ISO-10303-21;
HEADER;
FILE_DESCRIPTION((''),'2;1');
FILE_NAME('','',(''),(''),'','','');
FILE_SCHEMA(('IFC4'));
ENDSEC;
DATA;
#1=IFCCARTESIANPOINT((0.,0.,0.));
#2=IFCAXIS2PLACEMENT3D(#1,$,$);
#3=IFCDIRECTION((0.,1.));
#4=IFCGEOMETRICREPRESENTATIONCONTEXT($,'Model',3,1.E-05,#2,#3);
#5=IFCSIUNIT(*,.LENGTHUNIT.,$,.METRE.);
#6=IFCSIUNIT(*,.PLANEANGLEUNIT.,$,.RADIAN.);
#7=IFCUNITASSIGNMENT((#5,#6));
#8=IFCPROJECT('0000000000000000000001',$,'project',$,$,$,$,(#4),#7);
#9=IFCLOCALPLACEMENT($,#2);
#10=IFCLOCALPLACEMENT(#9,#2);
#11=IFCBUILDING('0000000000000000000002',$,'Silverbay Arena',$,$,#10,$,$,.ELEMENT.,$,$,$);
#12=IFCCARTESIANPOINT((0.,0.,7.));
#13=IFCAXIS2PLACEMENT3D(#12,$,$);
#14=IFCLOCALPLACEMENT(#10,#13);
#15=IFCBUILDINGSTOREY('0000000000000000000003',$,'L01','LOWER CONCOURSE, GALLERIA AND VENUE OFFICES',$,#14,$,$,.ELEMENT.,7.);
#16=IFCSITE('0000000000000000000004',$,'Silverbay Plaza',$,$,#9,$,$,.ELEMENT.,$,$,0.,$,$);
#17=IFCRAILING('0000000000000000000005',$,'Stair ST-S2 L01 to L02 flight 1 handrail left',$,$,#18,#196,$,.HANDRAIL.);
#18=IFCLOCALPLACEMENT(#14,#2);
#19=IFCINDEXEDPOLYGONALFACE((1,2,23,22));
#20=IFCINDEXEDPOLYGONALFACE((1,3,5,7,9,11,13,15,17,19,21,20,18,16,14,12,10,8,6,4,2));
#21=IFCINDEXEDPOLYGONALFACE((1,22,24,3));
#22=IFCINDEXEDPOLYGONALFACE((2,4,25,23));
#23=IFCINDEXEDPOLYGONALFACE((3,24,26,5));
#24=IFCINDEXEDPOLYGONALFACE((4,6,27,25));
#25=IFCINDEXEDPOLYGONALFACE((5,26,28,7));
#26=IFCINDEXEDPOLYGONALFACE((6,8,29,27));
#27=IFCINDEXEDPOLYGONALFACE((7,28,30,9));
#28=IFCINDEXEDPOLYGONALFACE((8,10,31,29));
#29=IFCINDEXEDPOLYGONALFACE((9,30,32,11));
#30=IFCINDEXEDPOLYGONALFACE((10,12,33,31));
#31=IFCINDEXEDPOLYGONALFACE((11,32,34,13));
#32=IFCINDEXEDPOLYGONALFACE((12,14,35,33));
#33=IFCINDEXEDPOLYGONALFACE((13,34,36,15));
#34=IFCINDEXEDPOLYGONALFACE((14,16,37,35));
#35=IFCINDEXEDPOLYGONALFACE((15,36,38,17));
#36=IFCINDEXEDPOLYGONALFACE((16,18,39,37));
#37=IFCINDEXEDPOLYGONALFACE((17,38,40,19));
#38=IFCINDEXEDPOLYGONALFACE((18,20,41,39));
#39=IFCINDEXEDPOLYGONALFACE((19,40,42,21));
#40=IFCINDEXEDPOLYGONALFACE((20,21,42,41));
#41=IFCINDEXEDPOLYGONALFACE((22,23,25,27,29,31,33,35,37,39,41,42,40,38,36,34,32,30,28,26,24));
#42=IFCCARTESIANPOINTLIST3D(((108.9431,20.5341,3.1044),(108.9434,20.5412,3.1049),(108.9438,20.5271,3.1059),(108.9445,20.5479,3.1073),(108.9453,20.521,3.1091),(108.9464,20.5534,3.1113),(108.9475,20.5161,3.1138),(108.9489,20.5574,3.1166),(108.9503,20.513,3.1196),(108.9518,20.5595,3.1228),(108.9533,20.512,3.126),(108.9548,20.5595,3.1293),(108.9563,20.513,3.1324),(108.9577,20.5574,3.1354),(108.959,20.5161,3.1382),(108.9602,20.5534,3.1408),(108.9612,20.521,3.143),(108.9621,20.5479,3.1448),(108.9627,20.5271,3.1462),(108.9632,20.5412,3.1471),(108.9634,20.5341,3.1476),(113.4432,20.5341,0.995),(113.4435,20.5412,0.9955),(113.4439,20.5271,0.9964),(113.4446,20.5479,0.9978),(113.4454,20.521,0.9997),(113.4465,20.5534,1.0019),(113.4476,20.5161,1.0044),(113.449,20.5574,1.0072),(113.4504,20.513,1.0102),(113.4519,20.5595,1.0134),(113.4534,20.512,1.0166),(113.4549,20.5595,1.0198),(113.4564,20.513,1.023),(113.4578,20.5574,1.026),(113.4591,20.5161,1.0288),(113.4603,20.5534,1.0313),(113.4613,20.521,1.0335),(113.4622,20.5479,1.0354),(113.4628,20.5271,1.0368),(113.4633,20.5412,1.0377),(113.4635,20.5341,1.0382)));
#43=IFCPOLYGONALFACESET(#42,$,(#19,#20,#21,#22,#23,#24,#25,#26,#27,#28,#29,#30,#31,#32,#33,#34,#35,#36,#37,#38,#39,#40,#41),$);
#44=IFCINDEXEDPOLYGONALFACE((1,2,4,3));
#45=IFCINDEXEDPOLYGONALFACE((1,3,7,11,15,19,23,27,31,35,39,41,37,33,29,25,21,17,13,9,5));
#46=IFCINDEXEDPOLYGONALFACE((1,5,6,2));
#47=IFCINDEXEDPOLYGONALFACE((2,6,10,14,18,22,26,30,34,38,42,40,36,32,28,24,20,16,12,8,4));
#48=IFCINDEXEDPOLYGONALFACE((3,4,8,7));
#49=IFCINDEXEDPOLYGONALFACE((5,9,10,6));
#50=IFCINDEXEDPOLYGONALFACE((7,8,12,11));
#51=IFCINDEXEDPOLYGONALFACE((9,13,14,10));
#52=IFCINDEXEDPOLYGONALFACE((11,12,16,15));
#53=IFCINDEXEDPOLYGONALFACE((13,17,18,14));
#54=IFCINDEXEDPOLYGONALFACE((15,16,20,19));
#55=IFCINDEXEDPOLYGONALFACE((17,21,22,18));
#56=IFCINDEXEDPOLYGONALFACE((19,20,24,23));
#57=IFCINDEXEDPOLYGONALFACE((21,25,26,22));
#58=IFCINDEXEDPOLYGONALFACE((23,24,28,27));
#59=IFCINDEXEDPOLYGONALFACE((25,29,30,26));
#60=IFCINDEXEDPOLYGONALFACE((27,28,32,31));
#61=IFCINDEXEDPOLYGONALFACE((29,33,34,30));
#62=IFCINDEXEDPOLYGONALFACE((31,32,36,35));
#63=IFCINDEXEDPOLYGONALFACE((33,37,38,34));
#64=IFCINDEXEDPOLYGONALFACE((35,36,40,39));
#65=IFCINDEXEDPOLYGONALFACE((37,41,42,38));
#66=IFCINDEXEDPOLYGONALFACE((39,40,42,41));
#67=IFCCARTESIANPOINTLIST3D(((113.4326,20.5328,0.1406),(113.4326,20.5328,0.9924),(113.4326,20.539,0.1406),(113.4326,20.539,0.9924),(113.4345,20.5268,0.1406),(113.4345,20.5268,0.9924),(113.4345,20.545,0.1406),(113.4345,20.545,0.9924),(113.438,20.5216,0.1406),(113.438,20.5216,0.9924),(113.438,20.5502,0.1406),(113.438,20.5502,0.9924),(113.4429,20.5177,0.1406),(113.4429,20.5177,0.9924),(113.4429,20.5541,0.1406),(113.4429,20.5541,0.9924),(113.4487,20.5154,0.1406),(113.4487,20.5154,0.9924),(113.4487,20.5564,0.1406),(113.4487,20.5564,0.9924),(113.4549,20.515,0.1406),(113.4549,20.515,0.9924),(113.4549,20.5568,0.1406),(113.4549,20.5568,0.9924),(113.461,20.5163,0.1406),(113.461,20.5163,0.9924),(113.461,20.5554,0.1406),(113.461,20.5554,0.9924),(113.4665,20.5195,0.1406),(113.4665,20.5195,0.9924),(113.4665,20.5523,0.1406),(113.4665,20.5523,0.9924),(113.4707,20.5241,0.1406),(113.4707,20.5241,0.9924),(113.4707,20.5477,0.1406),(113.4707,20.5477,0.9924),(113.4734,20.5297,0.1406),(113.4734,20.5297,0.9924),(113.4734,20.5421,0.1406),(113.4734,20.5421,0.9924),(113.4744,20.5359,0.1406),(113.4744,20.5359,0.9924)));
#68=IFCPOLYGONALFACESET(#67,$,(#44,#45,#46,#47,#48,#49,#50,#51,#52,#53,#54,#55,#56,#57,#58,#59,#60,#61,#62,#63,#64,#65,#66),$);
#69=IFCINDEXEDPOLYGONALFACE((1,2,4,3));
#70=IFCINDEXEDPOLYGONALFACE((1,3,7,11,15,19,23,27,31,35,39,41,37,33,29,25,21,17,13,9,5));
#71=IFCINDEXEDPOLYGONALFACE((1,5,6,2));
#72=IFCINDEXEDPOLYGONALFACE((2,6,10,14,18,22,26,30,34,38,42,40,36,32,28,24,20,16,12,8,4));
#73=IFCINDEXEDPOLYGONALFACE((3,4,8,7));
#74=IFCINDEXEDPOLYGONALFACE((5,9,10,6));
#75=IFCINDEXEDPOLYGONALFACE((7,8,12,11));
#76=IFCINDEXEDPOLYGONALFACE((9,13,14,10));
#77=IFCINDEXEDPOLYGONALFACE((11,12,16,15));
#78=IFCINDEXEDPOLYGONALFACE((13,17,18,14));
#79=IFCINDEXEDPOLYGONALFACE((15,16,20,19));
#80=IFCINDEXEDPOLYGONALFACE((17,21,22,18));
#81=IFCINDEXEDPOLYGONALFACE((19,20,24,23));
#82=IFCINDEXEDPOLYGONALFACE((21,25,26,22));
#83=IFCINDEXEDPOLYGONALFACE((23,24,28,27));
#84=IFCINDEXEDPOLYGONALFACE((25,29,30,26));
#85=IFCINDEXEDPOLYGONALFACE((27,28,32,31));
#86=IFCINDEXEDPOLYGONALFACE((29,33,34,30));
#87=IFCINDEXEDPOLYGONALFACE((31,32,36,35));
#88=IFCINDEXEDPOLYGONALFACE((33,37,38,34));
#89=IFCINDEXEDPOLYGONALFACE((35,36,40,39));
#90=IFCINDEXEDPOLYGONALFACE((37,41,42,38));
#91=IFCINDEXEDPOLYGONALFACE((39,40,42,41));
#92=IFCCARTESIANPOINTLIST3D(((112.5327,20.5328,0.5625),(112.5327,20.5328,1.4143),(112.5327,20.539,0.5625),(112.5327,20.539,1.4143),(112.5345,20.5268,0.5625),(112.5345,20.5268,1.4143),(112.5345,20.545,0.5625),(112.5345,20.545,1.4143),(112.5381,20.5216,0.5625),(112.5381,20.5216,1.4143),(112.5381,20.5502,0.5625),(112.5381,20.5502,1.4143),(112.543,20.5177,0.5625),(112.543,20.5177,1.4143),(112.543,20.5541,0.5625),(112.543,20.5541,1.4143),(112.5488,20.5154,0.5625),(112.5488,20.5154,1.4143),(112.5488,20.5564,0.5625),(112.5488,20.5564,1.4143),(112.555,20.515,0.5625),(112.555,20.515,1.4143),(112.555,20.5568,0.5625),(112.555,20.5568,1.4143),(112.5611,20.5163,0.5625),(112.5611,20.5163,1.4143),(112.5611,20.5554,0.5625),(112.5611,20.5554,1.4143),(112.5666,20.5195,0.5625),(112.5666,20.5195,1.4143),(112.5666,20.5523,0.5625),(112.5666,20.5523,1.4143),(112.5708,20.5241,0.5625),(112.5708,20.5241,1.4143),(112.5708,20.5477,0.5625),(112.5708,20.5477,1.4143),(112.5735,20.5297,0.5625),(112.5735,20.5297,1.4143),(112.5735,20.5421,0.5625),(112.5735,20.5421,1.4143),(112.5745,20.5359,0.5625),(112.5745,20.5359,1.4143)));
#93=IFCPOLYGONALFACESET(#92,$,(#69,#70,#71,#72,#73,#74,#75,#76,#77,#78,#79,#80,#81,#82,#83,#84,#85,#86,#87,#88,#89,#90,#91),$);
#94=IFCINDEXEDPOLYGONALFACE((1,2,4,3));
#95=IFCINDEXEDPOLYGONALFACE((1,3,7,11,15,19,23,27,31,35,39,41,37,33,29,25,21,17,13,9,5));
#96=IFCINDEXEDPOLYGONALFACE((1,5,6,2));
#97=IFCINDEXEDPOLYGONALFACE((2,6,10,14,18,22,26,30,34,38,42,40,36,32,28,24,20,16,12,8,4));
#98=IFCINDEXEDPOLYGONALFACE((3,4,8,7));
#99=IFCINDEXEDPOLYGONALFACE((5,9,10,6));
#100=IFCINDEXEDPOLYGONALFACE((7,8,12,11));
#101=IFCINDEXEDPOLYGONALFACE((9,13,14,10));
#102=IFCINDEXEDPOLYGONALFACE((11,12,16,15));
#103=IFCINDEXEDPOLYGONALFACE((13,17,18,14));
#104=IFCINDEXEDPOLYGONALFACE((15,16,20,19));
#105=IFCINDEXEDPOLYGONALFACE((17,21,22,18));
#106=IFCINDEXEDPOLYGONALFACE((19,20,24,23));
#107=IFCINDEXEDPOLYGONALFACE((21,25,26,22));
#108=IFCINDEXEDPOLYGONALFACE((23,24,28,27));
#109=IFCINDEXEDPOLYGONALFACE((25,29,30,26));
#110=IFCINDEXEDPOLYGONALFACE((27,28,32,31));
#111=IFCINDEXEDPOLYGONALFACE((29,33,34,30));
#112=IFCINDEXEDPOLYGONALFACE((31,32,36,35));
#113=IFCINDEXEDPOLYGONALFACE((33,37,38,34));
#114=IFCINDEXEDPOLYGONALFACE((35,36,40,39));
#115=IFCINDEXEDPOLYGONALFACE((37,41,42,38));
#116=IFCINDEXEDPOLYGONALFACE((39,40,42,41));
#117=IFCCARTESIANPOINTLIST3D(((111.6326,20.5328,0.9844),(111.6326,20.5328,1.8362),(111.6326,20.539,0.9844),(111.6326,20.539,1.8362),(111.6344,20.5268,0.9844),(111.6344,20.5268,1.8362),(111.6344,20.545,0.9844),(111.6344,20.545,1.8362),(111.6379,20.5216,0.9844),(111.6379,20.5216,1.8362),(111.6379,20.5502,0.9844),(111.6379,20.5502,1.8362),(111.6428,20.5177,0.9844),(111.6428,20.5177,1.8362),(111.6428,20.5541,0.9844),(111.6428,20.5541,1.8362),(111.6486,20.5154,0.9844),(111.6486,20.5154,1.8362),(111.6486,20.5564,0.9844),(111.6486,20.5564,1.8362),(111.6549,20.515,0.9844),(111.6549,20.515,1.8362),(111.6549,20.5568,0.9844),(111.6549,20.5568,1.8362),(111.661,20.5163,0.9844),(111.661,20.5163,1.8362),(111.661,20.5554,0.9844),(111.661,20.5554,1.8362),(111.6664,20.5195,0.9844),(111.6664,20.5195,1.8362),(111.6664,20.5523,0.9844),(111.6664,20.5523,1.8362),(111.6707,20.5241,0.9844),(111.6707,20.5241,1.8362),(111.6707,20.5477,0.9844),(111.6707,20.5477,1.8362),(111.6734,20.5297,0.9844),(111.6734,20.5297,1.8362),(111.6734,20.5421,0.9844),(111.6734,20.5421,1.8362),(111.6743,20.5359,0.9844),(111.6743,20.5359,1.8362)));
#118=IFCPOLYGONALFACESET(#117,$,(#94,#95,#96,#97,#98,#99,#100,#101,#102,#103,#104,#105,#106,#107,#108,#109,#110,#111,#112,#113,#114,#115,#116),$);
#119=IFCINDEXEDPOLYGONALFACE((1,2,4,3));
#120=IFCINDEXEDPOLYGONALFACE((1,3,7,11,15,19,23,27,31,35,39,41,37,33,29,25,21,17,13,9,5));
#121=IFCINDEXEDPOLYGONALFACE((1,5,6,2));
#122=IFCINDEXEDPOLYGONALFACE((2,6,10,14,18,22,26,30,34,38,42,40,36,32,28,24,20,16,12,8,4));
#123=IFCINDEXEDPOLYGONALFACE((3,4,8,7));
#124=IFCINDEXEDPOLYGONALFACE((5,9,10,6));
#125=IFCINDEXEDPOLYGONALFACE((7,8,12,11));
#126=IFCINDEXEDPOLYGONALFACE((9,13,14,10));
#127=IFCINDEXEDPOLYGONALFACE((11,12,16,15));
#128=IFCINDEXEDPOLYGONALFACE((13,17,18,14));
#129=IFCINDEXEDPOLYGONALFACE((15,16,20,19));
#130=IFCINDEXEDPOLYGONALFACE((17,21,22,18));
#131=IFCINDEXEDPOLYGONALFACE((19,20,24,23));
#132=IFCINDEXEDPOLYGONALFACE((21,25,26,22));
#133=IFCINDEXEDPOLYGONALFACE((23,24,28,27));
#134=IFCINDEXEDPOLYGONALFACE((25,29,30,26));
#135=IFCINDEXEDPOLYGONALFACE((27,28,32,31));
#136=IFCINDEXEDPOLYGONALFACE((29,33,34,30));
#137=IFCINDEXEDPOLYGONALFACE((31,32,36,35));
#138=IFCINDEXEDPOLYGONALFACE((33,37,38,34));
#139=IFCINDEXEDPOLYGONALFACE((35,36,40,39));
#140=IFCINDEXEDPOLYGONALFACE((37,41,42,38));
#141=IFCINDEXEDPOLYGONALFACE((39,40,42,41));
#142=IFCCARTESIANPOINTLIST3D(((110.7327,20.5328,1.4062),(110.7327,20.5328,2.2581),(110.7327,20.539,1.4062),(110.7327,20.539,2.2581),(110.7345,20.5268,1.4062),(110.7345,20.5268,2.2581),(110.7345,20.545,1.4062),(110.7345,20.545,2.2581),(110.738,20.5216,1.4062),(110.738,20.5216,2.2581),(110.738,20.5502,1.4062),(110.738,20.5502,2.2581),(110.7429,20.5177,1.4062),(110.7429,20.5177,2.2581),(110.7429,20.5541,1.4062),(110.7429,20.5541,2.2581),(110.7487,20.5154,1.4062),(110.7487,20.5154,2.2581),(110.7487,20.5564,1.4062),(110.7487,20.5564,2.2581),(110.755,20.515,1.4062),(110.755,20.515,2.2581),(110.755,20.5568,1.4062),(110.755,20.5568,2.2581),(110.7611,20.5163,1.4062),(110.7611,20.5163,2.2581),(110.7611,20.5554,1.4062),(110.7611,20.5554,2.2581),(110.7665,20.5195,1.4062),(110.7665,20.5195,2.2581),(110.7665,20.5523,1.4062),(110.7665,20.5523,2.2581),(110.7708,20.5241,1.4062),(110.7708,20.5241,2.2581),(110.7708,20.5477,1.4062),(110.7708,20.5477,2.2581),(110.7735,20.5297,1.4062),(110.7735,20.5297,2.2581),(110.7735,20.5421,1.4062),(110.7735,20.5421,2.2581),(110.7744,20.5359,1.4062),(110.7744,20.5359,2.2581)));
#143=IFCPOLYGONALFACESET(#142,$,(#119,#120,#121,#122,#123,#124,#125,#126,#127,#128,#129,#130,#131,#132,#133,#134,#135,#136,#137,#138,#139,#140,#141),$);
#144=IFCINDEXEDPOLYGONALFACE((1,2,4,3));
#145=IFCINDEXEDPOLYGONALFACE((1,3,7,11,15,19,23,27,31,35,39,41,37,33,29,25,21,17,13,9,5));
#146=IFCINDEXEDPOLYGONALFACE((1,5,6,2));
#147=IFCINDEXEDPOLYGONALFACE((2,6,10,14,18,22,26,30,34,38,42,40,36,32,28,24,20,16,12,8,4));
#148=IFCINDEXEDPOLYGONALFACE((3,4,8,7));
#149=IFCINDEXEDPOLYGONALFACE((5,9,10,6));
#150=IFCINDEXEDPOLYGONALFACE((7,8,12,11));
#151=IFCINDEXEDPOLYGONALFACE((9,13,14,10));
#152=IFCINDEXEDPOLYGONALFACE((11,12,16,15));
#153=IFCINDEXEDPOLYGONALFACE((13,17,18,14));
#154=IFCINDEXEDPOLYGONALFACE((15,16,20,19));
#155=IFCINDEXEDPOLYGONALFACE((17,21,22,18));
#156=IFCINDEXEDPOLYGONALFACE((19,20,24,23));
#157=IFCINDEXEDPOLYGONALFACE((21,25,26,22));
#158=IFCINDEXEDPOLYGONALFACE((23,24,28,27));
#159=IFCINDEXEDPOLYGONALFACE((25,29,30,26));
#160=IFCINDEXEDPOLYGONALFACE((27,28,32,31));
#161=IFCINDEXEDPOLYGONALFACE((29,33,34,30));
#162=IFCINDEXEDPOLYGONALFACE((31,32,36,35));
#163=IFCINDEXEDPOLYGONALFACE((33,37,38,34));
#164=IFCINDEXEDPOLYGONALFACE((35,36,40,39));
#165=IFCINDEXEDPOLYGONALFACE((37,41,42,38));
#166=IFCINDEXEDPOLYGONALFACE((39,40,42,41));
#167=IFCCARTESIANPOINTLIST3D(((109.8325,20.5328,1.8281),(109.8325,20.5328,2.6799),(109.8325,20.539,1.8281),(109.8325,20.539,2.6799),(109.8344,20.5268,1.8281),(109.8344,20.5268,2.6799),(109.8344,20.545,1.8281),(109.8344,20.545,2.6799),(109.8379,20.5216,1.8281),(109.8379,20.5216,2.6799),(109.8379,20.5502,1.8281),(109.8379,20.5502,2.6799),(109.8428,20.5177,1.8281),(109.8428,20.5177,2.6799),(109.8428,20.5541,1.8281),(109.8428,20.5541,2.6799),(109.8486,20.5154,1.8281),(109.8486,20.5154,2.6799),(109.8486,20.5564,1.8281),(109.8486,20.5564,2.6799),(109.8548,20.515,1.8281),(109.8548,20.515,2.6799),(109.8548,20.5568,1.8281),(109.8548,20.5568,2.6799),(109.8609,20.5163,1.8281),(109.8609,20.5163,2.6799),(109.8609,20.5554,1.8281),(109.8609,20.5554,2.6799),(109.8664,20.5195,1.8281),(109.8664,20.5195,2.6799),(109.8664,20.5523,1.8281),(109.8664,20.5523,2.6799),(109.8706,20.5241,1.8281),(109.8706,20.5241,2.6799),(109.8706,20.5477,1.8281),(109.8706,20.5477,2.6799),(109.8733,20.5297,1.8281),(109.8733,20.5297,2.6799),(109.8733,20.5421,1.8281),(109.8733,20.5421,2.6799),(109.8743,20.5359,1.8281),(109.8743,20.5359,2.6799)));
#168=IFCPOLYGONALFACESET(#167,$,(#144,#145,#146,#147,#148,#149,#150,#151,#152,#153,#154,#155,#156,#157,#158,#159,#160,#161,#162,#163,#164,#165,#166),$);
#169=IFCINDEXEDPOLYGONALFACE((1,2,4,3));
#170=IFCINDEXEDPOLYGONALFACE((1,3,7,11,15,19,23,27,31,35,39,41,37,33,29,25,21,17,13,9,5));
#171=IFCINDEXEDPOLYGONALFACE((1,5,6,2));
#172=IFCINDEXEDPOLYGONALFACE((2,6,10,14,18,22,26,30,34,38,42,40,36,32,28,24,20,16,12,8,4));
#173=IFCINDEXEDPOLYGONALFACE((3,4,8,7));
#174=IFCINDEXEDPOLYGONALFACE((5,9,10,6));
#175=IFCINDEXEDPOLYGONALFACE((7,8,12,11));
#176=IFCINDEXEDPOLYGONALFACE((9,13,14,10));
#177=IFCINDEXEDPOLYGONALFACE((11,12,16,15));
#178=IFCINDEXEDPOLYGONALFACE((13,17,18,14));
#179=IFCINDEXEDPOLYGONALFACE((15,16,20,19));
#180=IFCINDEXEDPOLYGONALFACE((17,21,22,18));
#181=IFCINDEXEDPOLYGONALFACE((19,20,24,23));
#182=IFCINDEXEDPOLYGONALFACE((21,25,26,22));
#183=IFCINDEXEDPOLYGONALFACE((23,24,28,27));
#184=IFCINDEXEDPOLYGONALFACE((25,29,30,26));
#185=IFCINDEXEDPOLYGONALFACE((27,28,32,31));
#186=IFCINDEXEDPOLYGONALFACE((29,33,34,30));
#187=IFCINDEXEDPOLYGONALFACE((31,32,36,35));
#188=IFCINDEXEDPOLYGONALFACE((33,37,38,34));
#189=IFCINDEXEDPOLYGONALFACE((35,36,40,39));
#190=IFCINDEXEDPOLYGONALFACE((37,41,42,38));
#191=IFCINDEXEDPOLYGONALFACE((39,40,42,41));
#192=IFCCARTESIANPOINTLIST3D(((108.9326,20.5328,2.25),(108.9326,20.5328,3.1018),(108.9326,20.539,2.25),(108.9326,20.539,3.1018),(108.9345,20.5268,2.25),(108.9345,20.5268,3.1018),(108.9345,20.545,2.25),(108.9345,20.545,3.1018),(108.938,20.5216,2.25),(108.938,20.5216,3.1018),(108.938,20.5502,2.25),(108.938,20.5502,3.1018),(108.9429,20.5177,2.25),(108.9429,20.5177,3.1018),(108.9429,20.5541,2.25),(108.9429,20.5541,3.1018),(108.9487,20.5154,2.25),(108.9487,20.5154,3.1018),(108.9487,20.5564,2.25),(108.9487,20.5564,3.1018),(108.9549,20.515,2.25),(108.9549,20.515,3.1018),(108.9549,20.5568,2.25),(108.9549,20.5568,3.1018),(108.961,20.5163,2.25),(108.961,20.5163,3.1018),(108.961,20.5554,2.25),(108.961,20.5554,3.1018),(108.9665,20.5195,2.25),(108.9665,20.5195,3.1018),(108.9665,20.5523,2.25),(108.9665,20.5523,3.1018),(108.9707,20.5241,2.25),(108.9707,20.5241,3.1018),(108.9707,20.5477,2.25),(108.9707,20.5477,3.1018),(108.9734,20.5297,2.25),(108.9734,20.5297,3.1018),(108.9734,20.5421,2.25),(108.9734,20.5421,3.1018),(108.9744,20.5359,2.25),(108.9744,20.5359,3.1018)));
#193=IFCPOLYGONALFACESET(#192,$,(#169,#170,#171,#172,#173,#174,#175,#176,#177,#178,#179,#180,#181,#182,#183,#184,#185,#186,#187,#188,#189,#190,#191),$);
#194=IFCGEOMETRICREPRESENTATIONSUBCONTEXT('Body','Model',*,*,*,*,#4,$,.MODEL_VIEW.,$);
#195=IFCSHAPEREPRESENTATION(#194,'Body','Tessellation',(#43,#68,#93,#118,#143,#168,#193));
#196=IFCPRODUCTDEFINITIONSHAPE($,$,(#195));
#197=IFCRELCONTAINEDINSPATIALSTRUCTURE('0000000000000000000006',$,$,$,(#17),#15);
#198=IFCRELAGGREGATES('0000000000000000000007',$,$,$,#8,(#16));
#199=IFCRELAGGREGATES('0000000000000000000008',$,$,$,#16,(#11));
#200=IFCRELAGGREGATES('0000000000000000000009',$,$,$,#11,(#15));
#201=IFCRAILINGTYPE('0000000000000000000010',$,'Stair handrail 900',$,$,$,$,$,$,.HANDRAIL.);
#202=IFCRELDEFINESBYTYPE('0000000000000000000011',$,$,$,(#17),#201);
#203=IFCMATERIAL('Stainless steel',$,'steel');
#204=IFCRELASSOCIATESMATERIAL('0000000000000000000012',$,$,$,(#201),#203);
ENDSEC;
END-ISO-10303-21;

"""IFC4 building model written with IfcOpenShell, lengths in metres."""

from ifc_helpers import new_model, si_unit, direction, frame, origin, origin_2d, place, context, subcontext, project, spatial, circle, extrude, material, type_object, element, save


model = new_model("IFC4")

# Units and contexts
model_context = context("Model", 3, precision=1e-05, world=origin(), true_north=direction((0.0, 1.0)))
body_context = subcontext(model_context, "Body", "Model", "MODEL_VIEW")
ifc_project = project(units=[si_unit("LENGTHUNIT", "METRE"), si_unit("PLANEANGLEUNIT", "RADIAN")], contexts=[model_context])

# Site, building, storey
site_placement = place(None, origin())
site = spatial("IfcSite", under=ifc_project, at=site_placement, Name="Silverbay Plaza", CompositionType="ELEMENT", RefElevation=0.0)
building_placement = place(site_placement, origin())
building = spatial("IfcBuilding", under=site, at=building_placement, Name="Silverbay Arena", CompositionType="ELEMENT")
storey_placement = place(building_placement, frame((0.0, 0.0, 7.0)))
storey = spatial("IfcBuildingStorey", under=building, at=storey_placement, Name="L01", Description="LOWER CONCOURSE, GALLERIA AND VENUE OFFICES", CompositionType="ELEMENT", Elevation=7.0)

# Railing
ifc_material_1 = material(Name="Stainless steel", Category="steel")
railing_type_1 = type_object("IfcRailingType", Name="Stair handrail 900", PredefinedType="HANDRAIL", material=ifc_material_1)
railing_1_placement = place(storey_placement, frame((113.4534, 20.5359, 0.1406)))
element("IfcRailing", 1, at=railing_1_placement, inside=storey, type_object=railing_type_1, Name="Stair ST-S2 L01 to L02 flight 1 handrail left", PredefinedType="HANDRAIL", context=body_context, shape_type="SweptSolid", body=[
    extrude(circle(Radius=0.0239, at=origin_2d()), frame((0.0, 0.0, 0.876), z_axis=(-0.905459, 0.0, 0.424434), x_axis=(0.0, -1.0, 0.0)), (0.0, 0.0, 1.0), 4.97),
    extrude(circle(Radius=0.021, at=origin_2d()), origin(), (0.0, 0.0, 1.0), 0.8518),
    extrude(circle(Radius=0.021, at=origin_2d()), frame((-0.8999, 0.0, 0.4219)), (0.0, 0.0, 1.0), 0.8518),
    extrude(circle(Radius=0.021, at=origin_2d()), frame((-1.8, 0.0, 0.8438)), (0.0, 0.0, 1.0), 0.8518),
    extrude(circle(Radius=0.021, at=origin_2d()), frame((-2.7, 0.0, 1.2656)), (0.0, 0.0, 1.0), 0.8518),
    extrude(circle(Radius=0.021, at=origin_2d()), frame((-3.6001, 0.0, 1.6875)), (0.0, 0.0, 1.0), 0.8518),
    extrude(circle(Radius=0.021, at=origin_2d()), frame((-4.5, 0.0, 2.1094)), (0.0, 0.0, 1.0), 0.8518),
])

save(model, "model.ifc")
